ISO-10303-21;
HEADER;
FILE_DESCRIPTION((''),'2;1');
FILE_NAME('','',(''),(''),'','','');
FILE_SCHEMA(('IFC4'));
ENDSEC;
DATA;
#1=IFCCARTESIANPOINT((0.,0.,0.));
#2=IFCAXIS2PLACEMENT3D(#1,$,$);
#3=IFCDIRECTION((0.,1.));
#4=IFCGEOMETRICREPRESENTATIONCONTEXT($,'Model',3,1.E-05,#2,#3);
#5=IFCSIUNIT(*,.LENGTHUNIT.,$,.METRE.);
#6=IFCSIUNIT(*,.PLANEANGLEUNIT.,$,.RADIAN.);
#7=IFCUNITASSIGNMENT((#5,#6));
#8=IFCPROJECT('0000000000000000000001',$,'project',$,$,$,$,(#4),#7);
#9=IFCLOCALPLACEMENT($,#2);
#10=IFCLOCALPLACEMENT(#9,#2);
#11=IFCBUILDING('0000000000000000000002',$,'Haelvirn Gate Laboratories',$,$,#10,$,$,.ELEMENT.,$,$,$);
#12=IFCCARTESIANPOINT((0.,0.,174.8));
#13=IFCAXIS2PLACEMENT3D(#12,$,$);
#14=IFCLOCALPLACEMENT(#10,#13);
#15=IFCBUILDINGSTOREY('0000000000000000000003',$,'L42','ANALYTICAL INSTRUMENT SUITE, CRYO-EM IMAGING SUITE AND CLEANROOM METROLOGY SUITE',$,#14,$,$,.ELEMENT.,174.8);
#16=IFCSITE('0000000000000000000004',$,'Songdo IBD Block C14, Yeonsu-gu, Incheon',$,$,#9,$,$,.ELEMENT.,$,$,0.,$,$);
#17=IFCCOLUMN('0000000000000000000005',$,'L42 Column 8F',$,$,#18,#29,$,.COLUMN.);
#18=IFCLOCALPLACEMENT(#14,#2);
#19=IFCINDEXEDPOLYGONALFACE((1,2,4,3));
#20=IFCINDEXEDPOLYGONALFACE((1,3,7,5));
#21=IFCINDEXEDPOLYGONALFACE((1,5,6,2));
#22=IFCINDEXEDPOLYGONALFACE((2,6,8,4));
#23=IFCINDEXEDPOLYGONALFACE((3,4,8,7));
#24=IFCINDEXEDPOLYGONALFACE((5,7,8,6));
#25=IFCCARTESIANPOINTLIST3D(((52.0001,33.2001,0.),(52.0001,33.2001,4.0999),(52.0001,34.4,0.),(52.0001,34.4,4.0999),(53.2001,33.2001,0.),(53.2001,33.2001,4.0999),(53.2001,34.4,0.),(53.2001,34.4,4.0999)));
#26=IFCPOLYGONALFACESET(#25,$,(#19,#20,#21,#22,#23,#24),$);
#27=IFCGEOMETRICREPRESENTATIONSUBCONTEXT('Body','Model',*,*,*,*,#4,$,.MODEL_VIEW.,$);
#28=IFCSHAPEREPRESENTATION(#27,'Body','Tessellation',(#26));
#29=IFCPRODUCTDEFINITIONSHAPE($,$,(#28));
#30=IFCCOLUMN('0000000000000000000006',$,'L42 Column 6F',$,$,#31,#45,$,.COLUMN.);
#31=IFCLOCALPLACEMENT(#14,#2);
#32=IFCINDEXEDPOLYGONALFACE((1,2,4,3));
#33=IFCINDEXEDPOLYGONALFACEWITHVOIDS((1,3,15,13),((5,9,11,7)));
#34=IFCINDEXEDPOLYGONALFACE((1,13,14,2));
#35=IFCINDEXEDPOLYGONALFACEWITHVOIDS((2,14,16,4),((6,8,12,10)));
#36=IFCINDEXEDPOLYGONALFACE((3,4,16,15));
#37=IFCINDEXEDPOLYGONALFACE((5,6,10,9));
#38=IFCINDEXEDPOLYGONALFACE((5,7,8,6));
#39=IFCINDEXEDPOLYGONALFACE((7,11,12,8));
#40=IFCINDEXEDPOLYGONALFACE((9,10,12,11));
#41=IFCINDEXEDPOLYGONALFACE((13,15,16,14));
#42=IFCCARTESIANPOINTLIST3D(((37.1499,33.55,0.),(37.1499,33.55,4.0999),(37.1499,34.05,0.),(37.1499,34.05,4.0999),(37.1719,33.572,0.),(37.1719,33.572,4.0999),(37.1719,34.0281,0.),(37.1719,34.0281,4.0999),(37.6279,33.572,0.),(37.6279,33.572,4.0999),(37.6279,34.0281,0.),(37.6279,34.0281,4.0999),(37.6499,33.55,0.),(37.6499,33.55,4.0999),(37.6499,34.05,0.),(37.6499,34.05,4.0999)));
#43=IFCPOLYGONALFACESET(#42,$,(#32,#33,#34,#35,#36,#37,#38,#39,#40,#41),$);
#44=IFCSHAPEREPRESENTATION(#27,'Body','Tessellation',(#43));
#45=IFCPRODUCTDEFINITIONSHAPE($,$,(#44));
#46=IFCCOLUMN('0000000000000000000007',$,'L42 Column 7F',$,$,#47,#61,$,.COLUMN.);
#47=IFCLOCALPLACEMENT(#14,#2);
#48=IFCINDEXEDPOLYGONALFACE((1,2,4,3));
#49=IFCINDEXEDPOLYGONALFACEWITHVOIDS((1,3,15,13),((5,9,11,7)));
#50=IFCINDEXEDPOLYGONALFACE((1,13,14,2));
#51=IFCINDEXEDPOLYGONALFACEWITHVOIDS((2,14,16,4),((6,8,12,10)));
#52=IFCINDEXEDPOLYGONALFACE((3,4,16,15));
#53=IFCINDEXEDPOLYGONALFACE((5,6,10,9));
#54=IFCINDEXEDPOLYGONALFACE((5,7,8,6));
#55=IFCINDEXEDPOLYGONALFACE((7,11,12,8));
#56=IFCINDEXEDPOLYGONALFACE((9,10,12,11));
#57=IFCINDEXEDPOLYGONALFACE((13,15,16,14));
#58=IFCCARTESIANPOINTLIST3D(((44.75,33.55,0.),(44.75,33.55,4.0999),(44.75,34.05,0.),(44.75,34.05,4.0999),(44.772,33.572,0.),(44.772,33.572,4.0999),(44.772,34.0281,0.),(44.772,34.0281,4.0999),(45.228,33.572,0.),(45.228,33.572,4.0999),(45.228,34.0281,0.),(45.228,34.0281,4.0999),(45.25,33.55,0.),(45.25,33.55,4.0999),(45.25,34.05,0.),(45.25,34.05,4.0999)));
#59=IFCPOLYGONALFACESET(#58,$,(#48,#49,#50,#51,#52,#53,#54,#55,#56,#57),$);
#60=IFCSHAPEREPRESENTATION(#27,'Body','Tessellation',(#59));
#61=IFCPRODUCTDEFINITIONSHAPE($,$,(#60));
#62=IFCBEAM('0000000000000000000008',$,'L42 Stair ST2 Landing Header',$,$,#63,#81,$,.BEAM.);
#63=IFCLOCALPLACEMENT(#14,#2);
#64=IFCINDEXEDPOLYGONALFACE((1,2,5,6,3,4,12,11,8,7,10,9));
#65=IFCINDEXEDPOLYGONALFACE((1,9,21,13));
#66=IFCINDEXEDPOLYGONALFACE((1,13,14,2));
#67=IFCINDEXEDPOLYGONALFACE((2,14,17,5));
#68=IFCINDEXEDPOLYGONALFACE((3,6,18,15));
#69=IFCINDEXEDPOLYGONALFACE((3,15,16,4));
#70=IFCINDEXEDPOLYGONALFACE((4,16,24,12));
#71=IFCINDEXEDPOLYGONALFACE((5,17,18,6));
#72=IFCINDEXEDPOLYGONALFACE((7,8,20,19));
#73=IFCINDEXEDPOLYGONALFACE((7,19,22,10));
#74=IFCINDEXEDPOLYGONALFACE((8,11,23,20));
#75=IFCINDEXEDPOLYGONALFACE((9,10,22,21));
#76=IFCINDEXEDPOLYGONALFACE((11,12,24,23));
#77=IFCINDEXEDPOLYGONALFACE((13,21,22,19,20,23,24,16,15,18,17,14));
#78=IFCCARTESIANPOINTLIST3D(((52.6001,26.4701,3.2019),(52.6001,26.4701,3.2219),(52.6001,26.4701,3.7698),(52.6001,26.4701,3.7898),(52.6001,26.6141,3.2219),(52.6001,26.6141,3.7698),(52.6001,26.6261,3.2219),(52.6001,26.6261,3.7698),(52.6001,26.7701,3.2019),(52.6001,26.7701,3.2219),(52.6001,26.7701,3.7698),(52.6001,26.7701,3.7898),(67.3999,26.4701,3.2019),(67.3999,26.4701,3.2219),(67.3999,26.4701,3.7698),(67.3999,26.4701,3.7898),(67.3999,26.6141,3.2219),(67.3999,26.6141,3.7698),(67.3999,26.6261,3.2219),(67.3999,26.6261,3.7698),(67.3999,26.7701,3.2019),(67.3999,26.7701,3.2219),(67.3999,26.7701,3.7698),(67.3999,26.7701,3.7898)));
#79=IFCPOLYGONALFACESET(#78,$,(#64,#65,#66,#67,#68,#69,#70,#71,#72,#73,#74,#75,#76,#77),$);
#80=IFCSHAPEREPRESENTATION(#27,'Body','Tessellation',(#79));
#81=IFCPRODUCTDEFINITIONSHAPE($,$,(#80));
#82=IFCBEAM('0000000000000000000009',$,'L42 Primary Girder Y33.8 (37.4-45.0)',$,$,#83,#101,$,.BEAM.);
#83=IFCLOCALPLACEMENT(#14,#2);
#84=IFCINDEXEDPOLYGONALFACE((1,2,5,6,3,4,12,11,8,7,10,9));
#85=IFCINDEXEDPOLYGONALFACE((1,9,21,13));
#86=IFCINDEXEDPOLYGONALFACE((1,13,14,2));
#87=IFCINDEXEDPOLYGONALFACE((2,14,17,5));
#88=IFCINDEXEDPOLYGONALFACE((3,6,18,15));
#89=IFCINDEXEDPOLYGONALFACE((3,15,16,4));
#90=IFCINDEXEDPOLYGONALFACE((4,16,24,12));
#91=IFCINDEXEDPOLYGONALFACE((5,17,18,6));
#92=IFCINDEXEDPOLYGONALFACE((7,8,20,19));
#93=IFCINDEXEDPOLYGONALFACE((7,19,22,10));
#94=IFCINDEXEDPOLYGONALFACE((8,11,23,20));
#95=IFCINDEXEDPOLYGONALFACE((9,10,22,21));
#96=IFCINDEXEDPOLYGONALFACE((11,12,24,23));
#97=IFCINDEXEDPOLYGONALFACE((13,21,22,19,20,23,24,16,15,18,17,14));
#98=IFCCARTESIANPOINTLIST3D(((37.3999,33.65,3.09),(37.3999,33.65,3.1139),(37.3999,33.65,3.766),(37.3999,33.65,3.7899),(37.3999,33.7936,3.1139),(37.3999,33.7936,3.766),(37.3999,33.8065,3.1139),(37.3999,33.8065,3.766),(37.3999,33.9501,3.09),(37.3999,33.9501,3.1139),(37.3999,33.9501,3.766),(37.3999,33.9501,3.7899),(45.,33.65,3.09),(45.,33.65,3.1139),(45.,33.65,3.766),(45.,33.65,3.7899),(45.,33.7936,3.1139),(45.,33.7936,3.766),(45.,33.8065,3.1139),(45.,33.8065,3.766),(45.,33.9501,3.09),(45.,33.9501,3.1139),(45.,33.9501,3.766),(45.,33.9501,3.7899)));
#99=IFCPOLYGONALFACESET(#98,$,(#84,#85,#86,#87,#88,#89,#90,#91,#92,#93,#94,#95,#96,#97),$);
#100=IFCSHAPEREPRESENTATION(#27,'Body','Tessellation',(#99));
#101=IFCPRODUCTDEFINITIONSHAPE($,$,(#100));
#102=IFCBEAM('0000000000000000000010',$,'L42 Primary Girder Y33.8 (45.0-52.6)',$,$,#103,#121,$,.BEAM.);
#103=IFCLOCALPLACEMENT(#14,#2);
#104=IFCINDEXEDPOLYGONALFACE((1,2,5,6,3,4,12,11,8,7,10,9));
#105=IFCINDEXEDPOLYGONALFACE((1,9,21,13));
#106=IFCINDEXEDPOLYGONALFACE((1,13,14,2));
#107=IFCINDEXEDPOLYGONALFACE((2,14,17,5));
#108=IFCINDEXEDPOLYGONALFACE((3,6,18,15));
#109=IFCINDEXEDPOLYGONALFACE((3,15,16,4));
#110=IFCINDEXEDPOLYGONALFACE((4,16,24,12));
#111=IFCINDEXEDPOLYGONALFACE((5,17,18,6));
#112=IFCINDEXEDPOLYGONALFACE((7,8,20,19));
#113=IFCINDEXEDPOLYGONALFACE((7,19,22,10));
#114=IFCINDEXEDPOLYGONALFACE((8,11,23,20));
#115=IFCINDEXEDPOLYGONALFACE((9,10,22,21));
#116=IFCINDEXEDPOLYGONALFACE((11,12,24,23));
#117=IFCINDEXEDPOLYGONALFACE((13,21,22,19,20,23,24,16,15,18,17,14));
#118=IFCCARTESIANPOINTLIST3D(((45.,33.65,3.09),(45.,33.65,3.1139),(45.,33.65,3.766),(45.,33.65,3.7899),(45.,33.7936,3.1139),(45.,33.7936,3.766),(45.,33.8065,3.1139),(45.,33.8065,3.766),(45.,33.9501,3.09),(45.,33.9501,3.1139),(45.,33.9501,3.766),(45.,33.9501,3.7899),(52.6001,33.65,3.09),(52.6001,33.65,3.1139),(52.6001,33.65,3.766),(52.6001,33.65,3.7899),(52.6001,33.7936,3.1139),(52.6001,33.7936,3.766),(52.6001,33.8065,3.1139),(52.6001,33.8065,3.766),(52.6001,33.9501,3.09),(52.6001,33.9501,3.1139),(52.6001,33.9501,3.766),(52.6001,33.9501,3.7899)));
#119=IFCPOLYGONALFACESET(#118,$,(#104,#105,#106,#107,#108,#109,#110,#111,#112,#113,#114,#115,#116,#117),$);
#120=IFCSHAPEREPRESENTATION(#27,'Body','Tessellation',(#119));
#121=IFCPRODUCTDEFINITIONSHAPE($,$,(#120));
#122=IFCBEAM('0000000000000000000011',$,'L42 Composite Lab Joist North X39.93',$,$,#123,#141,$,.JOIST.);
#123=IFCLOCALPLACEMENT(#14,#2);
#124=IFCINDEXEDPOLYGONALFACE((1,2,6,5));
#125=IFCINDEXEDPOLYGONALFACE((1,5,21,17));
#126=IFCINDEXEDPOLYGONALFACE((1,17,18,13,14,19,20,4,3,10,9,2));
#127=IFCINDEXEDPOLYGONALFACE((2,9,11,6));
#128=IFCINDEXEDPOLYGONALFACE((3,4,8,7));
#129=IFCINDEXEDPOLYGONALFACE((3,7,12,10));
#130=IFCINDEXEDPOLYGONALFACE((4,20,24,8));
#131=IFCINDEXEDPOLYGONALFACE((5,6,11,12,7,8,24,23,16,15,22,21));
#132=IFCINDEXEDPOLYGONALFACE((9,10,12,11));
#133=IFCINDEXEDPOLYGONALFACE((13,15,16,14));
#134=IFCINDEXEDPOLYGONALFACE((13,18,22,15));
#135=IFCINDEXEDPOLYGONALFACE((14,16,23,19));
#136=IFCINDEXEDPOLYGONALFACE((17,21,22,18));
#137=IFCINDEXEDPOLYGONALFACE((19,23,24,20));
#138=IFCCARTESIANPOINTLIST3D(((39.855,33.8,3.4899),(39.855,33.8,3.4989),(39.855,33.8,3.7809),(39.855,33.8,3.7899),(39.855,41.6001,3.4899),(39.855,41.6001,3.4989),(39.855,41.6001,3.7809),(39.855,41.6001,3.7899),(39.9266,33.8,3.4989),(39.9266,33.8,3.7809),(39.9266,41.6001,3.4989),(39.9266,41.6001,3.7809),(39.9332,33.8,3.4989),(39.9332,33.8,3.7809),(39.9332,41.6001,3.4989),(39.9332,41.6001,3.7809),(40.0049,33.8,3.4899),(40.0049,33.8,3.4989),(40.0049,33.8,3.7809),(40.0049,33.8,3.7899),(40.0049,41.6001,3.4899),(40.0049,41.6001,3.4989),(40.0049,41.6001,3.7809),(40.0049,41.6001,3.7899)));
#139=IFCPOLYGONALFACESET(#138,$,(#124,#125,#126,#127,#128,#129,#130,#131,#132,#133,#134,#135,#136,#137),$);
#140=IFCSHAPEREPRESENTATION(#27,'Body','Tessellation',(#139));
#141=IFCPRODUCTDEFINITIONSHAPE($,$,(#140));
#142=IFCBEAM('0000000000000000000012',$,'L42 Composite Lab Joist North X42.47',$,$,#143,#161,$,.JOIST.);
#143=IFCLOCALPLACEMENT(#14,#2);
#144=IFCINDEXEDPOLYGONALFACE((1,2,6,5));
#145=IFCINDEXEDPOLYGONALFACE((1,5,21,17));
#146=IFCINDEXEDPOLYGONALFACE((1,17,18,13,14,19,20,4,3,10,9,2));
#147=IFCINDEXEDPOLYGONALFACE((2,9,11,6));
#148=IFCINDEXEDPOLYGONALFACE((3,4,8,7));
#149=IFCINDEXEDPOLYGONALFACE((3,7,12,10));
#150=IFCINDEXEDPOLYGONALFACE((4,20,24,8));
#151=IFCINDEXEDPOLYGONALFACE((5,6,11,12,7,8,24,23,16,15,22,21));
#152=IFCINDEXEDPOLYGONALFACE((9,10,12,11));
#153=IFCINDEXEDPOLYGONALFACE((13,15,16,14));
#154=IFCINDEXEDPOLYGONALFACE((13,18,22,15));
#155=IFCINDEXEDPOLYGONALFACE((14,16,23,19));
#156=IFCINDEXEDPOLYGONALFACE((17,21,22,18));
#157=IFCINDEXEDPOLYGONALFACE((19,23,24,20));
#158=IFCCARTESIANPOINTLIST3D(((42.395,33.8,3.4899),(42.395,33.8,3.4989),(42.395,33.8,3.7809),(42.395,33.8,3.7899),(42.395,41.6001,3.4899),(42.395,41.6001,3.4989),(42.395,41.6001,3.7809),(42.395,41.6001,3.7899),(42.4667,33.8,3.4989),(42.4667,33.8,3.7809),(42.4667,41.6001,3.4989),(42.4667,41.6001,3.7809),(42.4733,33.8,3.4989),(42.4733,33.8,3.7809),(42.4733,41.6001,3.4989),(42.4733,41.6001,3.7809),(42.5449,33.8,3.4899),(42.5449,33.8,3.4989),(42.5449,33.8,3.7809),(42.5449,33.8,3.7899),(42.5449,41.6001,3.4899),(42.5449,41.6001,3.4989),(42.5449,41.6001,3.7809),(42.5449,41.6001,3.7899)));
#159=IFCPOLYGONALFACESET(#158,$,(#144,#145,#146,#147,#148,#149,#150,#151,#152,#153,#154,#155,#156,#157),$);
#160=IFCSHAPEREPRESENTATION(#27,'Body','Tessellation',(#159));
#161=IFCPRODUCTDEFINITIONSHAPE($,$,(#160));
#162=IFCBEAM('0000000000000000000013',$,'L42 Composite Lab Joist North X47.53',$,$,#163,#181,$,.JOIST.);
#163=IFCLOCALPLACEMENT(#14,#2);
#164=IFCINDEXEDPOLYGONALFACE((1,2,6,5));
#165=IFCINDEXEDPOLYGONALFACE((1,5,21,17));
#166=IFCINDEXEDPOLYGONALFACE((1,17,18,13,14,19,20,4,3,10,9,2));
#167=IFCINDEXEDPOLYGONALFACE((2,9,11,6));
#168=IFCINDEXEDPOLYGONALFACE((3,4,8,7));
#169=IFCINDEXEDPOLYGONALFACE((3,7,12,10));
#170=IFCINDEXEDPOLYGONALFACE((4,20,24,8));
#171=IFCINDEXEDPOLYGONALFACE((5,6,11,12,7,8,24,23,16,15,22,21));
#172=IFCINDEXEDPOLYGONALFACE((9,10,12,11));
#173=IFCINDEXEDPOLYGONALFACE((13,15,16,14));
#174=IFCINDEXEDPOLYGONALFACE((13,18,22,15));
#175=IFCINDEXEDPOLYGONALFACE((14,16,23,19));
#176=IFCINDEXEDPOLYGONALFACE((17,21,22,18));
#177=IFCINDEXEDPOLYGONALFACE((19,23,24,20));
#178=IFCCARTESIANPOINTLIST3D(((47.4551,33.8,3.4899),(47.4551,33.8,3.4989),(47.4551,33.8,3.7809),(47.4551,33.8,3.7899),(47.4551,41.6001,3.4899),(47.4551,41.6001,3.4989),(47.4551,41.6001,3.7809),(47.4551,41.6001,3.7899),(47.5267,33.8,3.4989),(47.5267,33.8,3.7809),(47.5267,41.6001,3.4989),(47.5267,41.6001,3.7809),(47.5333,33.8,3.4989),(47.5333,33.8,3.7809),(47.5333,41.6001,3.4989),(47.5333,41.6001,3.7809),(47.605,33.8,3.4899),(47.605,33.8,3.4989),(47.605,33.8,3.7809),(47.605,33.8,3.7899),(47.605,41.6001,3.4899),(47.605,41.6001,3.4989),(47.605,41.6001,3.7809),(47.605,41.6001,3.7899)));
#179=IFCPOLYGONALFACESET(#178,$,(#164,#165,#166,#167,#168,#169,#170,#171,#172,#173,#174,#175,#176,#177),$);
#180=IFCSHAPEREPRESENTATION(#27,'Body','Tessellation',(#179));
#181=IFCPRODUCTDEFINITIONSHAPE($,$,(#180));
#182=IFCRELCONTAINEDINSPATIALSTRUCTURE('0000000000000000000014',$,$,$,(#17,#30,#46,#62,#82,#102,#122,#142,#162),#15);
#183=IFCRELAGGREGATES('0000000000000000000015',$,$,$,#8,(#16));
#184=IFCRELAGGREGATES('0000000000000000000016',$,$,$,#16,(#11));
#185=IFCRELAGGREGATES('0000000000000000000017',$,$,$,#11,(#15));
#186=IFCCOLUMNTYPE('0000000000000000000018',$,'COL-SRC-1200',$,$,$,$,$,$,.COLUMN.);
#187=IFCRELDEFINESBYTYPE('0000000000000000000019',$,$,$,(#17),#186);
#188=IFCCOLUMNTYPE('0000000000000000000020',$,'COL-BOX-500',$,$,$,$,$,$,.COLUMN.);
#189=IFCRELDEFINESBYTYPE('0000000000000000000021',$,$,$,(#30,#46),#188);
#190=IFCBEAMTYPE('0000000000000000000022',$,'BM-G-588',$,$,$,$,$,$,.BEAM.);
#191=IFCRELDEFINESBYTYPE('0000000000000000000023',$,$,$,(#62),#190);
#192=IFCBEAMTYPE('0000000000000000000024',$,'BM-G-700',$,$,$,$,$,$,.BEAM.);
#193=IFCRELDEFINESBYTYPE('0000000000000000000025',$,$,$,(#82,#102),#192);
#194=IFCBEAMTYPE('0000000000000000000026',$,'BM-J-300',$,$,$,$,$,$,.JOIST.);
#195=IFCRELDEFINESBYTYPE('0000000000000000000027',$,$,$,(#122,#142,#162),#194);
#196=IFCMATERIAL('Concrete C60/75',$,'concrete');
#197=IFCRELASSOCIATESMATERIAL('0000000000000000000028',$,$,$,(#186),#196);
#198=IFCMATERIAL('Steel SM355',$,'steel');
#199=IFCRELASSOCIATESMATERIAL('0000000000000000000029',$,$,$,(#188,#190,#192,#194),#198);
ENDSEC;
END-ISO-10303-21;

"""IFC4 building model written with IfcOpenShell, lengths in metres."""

from ifc_helpers import new_model, si_unit, direction, frame, origin, origin_2d, place, context, subcontext, project, spatial, rectangle, hollow_rectangle, i_section, extrude, source, transform, mapped, material, material_profile, profile_set, type_object, type_shapes, element, save


model = new_model("IFC4")

# Units and contexts
model_context = context("Model", 3, precision=1e-05, world=origin(), true_north=direction((0.0, 1.0)))
body_context = subcontext(model_context, "Body", "Model", "MODEL_VIEW")
ifc_project = project(units=[si_unit("LENGTHUNIT", "METRE"), si_unit("PLANEANGLEUNIT", "RADIAN")], contexts=[model_context])

# Site, building, storey
site_placement = place(None, origin())
site = spatial("IfcSite", under=ifc_project, at=site_placement, Name="Songdo IBD Block C14, Yeonsu-gu, Incheon", CompositionType="ELEMENT", RefElevation=0.0)
building_placement = place(site_placement, origin())
building = spatial("IfcBuilding", under=site, at=building_placement, Name="Haelvirn Gate Laboratories", CompositionType="ELEMENT")
storey_placement = place(building_placement, frame((0.0, 0.0, 174.8)))
storey = spatial("IfcBuildingStorey", under=building, at=storey_placement, Name="L42", Description="ANALYTICAL INSTRUMENT SUITE, CRYO-EM IMAGING SUITE AND CLEANROOM METROLOGY SUITE", CompositionType="ELEMENT", Elevation=174.8)

# Columns
ifc_material_1 = material(Name="Concrete C60/75", Category="concrete")
ifc_material_profile_1 = material_profile(ifc_material_1, rectangle(XDim=1.2, YDim=1.2, at=origin_2d()), Name="SRC-1200x1200")
ifc_profile_set_1 = profile_set([ifc_material_profile_1], Name="Concrete C60/75")
column_type_1 = type_object("IfcColumnType", Name="COL-SRC-1200", PredefinedType="COLUMN", material=ifc_profile_set_1)
shared_shape_1 = source(origin(), body_context, "Body", "SweptSolid", [
    extrude(rectangle(XDim=1.2, YDim=1.2, at=origin_2d()), origin(), (0.0, 0.0, 1.0), 4.0999),
])
type_shapes(column_type_1, [shared_shape_1])
column_placement = place(storey_placement, frame((52.6001, 33.8, 0.0), z_axis=(0.0, 0.0, 1.0), x_axis=(1.0, 0.0, 0.0)))
element("IfcColumn", 1, at=column_placement, inside=storey, type_object=column_type_1, Name="L42 Column 8F", PredefinedType="COLUMN", context=body_context, shape_type="MappedRepresentation", body=[
    mapped(shared_shape_1, transform((0.0, 0.0, 0.0), scale=1.0)),
])
ifc_material_2 = material(Name="Steel SM355", Category="steel")
ifc_material_profile_2 = material_profile(ifc_material_2, hollow_rectangle(XDim=0.5, YDim=0.5, WallThickness=0.022, at=origin_2d()), Name="BOX-500x500x22")
ifc_profile_set_2 = profile_set([ifc_material_profile_2], Name="Steel SM355")
column_type_2 = type_object("IfcColumnType", Name="COL-BOX-500", PredefinedType="COLUMN", material=ifc_profile_set_2)
shared_shape_2 = source(origin(), body_context, "Body", "SweptSolid", [
    extrude(hollow_rectangle(XDim=0.5, YDim=0.5, WallThickness=0.022, at=origin_2d()), origin(), (0.0, 0.0, 1.0), 4.0999),
])
type_shapes(column_type_2, [shared_shape_2])
for number, where, z_axis, x_axis, name in (
    (2, (37.3999, 33.8, 0.0), (0.0, 0.0, 1.0), (1.0, 0.0, 0.0), "L42 Column 6F"),
    (3, (45.0, 33.8, 0.0), (0.0, 0.0, 1.0), (1.0, 0.0, 0.0), "L42 Column 7F"),
):
    element("IfcColumn", number, at=place(storey_placement, frame(where, z_axis=z_axis, x_axis=x_axis)), inside=storey, type_object=column_type_2, Name=name, PredefinedType="COLUMN", context=body_context, shape_type="MappedRepresentation", body=[
        mapped(shared_shape_2, transform((0.0, 0.0, 0.0), scale=1.0)),
    ])

# Beams
ifc_material_profile_3 = material_profile(ifc_material_2, i_section(OverallWidth=0.3, OverallDepth=0.5879, WebThickness=0.012, FlangeThickness=0.02, at=origin_2d()), Name="H-588x300x12x20")
ifc_profile_set_3 = profile_set([ifc_material_profile_3], Name="Steel SM355")
beam_type_1 = type_object("IfcBeamType", Name="BM-G-588", PredefinedType="BEAM", material=ifc_profile_set_3)
shared_shape_3 = source(origin(), body_context, "Body", "SweptSolid", [
    extrude(i_section(OverallWidth=0.3, OverallDepth=0.5879, WebThickness=0.012, FlangeThickness=0.02, at=origin_2d()), origin(), (0.0, 0.0, 1.0), 14.7998),
])
beam_1_placement = place(storey_placement, frame((52.6001, 26.6201, 3.4958), z_axis=(1.0, 0.0, 0.0), x_axis=(0.0, 1.0, 0.0)))
element("IfcBeam", 4, at=beam_1_placement, inside=storey, type_object=beam_type_1, Name="L42 Stair ST2 Landing Header", PredefinedType="BEAM", context=body_context, shape_type="MappedRepresentation", body=[
    mapped(shared_shape_3, transform((0.0, 0.0, 0.0), scale=1.0)),
])
ifc_material_profile_4 = material_profile(ifc_material_2, i_section(OverallWidth=0.3, OverallDepth=0.7, WebThickness=0.0129, FlangeThickness=0.0239, at=origin_2d()), Name="H-700x300x13x24")
ifc_profile_set_4 = profile_set([ifc_material_profile_4], Name="Steel SM355")
beam_type_2 = type_object("IfcBeamType", Name="BM-G-700", PredefinedType="BEAM", material=ifc_profile_set_4)
shared_shape_4 = source(origin(), body_context, "Body", "SweptSolid", [
    extrude(i_section(OverallWidth=0.3, OverallDepth=0.7, WebThickness=0.0129, FlangeThickness=0.0239, at=origin_2d()), origin(), (0.0, 0.0, 1.0), 7.6001),
])
type_shapes(beam_type_2, [shared_shape_4])
for number, where, z_axis, x_axis, name in (
    (5, (37.3999, 33.8, 3.4399), (1.0, 0.0, 0.0), (0.0, 1.0, 0.0), "L42 Primary Girder Y33.8 (37.4-45.0)"),
    (6, (45.0, 33.8, 3.4399), (1.0, 0.0, 0.0), (0.0, 1.0, 0.0), "L42 Primary Girder Y33.8 (45.0-52.6)"),
):
    element("IfcBeam", number, at=place(storey_placement, frame(where, z_axis=z_axis, x_axis=x_axis)), inside=storey, type_object=beam_type_2, Name=name, PredefinedType="BEAM", context=body_context, shape_type="MappedRepresentation", body=[
        mapped(shared_shape_4, transform((0.0, 0.0, 0.0), scale=1.0)),
    ])
ifc_material_profile_5 = material_profile(ifc_material_2, i_section(OverallWidth=0.1499, OverallDepth=0.3, WebThickness=0.0066, FlangeThickness=0.009, at=origin_2d()), Name="H-300x150x6.5x9")
ifc_profile_set_5 = profile_set([ifc_material_profile_5], Name="Steel SM355")
beam_type_3 = type_object("IfcBeamType", Name="BM-J-300", PredefinedType="JOIST", material=ifc_profile_set_5)
shared_shape_5 = source(origin(), body_context, "Body", "SweptSolid", [
    extrude(i_section(OverallWidth=0.1499, OverallDepth=0.3, WebThickness=0.0066, FlangeThickness=0.009, at=origin_2d()), origin(), (0.0, 0.0, 1.0), 7.8),
])
type_shapes(beam_type_3, [shared_shape_5])
for number, where, z_axis, x_axis, name in (
    (7, (39.9299, 33.8, 3.6399), (0.0, 1.0, 0.0), (-1.0, 0.0, 0.0), "L42 Composite Lab Joist North X39.93"),
    (8, (42.47, 33.8, 3.6399), (0.0, 1.0, 0.0), (-1.0, 0.0, 0.0), "L42 Composite Lab Joist North X42.47"),
    (9, (47.53, 33.8, 3.6399), (0.0, 1.0, 0.0), (-1.0, 0.0, 0.0), "L42 Composite Lab Joist North X47.53"),
):
    element("IfcBeam", number, at=place(storey_placement, frame(where, z_axis=z_axis, x_axis=x_axis)), inside=storey, type_object=beam_type_3, Name=name, PredefinedType="JOIST", context=body_context, shape_type="MappedRepresentation", body=[
        mapped(shared_shape_5, transform((0.0, 0.0, 0.0), scale=1.0)),
    ])

save(model, "model.ifc")
